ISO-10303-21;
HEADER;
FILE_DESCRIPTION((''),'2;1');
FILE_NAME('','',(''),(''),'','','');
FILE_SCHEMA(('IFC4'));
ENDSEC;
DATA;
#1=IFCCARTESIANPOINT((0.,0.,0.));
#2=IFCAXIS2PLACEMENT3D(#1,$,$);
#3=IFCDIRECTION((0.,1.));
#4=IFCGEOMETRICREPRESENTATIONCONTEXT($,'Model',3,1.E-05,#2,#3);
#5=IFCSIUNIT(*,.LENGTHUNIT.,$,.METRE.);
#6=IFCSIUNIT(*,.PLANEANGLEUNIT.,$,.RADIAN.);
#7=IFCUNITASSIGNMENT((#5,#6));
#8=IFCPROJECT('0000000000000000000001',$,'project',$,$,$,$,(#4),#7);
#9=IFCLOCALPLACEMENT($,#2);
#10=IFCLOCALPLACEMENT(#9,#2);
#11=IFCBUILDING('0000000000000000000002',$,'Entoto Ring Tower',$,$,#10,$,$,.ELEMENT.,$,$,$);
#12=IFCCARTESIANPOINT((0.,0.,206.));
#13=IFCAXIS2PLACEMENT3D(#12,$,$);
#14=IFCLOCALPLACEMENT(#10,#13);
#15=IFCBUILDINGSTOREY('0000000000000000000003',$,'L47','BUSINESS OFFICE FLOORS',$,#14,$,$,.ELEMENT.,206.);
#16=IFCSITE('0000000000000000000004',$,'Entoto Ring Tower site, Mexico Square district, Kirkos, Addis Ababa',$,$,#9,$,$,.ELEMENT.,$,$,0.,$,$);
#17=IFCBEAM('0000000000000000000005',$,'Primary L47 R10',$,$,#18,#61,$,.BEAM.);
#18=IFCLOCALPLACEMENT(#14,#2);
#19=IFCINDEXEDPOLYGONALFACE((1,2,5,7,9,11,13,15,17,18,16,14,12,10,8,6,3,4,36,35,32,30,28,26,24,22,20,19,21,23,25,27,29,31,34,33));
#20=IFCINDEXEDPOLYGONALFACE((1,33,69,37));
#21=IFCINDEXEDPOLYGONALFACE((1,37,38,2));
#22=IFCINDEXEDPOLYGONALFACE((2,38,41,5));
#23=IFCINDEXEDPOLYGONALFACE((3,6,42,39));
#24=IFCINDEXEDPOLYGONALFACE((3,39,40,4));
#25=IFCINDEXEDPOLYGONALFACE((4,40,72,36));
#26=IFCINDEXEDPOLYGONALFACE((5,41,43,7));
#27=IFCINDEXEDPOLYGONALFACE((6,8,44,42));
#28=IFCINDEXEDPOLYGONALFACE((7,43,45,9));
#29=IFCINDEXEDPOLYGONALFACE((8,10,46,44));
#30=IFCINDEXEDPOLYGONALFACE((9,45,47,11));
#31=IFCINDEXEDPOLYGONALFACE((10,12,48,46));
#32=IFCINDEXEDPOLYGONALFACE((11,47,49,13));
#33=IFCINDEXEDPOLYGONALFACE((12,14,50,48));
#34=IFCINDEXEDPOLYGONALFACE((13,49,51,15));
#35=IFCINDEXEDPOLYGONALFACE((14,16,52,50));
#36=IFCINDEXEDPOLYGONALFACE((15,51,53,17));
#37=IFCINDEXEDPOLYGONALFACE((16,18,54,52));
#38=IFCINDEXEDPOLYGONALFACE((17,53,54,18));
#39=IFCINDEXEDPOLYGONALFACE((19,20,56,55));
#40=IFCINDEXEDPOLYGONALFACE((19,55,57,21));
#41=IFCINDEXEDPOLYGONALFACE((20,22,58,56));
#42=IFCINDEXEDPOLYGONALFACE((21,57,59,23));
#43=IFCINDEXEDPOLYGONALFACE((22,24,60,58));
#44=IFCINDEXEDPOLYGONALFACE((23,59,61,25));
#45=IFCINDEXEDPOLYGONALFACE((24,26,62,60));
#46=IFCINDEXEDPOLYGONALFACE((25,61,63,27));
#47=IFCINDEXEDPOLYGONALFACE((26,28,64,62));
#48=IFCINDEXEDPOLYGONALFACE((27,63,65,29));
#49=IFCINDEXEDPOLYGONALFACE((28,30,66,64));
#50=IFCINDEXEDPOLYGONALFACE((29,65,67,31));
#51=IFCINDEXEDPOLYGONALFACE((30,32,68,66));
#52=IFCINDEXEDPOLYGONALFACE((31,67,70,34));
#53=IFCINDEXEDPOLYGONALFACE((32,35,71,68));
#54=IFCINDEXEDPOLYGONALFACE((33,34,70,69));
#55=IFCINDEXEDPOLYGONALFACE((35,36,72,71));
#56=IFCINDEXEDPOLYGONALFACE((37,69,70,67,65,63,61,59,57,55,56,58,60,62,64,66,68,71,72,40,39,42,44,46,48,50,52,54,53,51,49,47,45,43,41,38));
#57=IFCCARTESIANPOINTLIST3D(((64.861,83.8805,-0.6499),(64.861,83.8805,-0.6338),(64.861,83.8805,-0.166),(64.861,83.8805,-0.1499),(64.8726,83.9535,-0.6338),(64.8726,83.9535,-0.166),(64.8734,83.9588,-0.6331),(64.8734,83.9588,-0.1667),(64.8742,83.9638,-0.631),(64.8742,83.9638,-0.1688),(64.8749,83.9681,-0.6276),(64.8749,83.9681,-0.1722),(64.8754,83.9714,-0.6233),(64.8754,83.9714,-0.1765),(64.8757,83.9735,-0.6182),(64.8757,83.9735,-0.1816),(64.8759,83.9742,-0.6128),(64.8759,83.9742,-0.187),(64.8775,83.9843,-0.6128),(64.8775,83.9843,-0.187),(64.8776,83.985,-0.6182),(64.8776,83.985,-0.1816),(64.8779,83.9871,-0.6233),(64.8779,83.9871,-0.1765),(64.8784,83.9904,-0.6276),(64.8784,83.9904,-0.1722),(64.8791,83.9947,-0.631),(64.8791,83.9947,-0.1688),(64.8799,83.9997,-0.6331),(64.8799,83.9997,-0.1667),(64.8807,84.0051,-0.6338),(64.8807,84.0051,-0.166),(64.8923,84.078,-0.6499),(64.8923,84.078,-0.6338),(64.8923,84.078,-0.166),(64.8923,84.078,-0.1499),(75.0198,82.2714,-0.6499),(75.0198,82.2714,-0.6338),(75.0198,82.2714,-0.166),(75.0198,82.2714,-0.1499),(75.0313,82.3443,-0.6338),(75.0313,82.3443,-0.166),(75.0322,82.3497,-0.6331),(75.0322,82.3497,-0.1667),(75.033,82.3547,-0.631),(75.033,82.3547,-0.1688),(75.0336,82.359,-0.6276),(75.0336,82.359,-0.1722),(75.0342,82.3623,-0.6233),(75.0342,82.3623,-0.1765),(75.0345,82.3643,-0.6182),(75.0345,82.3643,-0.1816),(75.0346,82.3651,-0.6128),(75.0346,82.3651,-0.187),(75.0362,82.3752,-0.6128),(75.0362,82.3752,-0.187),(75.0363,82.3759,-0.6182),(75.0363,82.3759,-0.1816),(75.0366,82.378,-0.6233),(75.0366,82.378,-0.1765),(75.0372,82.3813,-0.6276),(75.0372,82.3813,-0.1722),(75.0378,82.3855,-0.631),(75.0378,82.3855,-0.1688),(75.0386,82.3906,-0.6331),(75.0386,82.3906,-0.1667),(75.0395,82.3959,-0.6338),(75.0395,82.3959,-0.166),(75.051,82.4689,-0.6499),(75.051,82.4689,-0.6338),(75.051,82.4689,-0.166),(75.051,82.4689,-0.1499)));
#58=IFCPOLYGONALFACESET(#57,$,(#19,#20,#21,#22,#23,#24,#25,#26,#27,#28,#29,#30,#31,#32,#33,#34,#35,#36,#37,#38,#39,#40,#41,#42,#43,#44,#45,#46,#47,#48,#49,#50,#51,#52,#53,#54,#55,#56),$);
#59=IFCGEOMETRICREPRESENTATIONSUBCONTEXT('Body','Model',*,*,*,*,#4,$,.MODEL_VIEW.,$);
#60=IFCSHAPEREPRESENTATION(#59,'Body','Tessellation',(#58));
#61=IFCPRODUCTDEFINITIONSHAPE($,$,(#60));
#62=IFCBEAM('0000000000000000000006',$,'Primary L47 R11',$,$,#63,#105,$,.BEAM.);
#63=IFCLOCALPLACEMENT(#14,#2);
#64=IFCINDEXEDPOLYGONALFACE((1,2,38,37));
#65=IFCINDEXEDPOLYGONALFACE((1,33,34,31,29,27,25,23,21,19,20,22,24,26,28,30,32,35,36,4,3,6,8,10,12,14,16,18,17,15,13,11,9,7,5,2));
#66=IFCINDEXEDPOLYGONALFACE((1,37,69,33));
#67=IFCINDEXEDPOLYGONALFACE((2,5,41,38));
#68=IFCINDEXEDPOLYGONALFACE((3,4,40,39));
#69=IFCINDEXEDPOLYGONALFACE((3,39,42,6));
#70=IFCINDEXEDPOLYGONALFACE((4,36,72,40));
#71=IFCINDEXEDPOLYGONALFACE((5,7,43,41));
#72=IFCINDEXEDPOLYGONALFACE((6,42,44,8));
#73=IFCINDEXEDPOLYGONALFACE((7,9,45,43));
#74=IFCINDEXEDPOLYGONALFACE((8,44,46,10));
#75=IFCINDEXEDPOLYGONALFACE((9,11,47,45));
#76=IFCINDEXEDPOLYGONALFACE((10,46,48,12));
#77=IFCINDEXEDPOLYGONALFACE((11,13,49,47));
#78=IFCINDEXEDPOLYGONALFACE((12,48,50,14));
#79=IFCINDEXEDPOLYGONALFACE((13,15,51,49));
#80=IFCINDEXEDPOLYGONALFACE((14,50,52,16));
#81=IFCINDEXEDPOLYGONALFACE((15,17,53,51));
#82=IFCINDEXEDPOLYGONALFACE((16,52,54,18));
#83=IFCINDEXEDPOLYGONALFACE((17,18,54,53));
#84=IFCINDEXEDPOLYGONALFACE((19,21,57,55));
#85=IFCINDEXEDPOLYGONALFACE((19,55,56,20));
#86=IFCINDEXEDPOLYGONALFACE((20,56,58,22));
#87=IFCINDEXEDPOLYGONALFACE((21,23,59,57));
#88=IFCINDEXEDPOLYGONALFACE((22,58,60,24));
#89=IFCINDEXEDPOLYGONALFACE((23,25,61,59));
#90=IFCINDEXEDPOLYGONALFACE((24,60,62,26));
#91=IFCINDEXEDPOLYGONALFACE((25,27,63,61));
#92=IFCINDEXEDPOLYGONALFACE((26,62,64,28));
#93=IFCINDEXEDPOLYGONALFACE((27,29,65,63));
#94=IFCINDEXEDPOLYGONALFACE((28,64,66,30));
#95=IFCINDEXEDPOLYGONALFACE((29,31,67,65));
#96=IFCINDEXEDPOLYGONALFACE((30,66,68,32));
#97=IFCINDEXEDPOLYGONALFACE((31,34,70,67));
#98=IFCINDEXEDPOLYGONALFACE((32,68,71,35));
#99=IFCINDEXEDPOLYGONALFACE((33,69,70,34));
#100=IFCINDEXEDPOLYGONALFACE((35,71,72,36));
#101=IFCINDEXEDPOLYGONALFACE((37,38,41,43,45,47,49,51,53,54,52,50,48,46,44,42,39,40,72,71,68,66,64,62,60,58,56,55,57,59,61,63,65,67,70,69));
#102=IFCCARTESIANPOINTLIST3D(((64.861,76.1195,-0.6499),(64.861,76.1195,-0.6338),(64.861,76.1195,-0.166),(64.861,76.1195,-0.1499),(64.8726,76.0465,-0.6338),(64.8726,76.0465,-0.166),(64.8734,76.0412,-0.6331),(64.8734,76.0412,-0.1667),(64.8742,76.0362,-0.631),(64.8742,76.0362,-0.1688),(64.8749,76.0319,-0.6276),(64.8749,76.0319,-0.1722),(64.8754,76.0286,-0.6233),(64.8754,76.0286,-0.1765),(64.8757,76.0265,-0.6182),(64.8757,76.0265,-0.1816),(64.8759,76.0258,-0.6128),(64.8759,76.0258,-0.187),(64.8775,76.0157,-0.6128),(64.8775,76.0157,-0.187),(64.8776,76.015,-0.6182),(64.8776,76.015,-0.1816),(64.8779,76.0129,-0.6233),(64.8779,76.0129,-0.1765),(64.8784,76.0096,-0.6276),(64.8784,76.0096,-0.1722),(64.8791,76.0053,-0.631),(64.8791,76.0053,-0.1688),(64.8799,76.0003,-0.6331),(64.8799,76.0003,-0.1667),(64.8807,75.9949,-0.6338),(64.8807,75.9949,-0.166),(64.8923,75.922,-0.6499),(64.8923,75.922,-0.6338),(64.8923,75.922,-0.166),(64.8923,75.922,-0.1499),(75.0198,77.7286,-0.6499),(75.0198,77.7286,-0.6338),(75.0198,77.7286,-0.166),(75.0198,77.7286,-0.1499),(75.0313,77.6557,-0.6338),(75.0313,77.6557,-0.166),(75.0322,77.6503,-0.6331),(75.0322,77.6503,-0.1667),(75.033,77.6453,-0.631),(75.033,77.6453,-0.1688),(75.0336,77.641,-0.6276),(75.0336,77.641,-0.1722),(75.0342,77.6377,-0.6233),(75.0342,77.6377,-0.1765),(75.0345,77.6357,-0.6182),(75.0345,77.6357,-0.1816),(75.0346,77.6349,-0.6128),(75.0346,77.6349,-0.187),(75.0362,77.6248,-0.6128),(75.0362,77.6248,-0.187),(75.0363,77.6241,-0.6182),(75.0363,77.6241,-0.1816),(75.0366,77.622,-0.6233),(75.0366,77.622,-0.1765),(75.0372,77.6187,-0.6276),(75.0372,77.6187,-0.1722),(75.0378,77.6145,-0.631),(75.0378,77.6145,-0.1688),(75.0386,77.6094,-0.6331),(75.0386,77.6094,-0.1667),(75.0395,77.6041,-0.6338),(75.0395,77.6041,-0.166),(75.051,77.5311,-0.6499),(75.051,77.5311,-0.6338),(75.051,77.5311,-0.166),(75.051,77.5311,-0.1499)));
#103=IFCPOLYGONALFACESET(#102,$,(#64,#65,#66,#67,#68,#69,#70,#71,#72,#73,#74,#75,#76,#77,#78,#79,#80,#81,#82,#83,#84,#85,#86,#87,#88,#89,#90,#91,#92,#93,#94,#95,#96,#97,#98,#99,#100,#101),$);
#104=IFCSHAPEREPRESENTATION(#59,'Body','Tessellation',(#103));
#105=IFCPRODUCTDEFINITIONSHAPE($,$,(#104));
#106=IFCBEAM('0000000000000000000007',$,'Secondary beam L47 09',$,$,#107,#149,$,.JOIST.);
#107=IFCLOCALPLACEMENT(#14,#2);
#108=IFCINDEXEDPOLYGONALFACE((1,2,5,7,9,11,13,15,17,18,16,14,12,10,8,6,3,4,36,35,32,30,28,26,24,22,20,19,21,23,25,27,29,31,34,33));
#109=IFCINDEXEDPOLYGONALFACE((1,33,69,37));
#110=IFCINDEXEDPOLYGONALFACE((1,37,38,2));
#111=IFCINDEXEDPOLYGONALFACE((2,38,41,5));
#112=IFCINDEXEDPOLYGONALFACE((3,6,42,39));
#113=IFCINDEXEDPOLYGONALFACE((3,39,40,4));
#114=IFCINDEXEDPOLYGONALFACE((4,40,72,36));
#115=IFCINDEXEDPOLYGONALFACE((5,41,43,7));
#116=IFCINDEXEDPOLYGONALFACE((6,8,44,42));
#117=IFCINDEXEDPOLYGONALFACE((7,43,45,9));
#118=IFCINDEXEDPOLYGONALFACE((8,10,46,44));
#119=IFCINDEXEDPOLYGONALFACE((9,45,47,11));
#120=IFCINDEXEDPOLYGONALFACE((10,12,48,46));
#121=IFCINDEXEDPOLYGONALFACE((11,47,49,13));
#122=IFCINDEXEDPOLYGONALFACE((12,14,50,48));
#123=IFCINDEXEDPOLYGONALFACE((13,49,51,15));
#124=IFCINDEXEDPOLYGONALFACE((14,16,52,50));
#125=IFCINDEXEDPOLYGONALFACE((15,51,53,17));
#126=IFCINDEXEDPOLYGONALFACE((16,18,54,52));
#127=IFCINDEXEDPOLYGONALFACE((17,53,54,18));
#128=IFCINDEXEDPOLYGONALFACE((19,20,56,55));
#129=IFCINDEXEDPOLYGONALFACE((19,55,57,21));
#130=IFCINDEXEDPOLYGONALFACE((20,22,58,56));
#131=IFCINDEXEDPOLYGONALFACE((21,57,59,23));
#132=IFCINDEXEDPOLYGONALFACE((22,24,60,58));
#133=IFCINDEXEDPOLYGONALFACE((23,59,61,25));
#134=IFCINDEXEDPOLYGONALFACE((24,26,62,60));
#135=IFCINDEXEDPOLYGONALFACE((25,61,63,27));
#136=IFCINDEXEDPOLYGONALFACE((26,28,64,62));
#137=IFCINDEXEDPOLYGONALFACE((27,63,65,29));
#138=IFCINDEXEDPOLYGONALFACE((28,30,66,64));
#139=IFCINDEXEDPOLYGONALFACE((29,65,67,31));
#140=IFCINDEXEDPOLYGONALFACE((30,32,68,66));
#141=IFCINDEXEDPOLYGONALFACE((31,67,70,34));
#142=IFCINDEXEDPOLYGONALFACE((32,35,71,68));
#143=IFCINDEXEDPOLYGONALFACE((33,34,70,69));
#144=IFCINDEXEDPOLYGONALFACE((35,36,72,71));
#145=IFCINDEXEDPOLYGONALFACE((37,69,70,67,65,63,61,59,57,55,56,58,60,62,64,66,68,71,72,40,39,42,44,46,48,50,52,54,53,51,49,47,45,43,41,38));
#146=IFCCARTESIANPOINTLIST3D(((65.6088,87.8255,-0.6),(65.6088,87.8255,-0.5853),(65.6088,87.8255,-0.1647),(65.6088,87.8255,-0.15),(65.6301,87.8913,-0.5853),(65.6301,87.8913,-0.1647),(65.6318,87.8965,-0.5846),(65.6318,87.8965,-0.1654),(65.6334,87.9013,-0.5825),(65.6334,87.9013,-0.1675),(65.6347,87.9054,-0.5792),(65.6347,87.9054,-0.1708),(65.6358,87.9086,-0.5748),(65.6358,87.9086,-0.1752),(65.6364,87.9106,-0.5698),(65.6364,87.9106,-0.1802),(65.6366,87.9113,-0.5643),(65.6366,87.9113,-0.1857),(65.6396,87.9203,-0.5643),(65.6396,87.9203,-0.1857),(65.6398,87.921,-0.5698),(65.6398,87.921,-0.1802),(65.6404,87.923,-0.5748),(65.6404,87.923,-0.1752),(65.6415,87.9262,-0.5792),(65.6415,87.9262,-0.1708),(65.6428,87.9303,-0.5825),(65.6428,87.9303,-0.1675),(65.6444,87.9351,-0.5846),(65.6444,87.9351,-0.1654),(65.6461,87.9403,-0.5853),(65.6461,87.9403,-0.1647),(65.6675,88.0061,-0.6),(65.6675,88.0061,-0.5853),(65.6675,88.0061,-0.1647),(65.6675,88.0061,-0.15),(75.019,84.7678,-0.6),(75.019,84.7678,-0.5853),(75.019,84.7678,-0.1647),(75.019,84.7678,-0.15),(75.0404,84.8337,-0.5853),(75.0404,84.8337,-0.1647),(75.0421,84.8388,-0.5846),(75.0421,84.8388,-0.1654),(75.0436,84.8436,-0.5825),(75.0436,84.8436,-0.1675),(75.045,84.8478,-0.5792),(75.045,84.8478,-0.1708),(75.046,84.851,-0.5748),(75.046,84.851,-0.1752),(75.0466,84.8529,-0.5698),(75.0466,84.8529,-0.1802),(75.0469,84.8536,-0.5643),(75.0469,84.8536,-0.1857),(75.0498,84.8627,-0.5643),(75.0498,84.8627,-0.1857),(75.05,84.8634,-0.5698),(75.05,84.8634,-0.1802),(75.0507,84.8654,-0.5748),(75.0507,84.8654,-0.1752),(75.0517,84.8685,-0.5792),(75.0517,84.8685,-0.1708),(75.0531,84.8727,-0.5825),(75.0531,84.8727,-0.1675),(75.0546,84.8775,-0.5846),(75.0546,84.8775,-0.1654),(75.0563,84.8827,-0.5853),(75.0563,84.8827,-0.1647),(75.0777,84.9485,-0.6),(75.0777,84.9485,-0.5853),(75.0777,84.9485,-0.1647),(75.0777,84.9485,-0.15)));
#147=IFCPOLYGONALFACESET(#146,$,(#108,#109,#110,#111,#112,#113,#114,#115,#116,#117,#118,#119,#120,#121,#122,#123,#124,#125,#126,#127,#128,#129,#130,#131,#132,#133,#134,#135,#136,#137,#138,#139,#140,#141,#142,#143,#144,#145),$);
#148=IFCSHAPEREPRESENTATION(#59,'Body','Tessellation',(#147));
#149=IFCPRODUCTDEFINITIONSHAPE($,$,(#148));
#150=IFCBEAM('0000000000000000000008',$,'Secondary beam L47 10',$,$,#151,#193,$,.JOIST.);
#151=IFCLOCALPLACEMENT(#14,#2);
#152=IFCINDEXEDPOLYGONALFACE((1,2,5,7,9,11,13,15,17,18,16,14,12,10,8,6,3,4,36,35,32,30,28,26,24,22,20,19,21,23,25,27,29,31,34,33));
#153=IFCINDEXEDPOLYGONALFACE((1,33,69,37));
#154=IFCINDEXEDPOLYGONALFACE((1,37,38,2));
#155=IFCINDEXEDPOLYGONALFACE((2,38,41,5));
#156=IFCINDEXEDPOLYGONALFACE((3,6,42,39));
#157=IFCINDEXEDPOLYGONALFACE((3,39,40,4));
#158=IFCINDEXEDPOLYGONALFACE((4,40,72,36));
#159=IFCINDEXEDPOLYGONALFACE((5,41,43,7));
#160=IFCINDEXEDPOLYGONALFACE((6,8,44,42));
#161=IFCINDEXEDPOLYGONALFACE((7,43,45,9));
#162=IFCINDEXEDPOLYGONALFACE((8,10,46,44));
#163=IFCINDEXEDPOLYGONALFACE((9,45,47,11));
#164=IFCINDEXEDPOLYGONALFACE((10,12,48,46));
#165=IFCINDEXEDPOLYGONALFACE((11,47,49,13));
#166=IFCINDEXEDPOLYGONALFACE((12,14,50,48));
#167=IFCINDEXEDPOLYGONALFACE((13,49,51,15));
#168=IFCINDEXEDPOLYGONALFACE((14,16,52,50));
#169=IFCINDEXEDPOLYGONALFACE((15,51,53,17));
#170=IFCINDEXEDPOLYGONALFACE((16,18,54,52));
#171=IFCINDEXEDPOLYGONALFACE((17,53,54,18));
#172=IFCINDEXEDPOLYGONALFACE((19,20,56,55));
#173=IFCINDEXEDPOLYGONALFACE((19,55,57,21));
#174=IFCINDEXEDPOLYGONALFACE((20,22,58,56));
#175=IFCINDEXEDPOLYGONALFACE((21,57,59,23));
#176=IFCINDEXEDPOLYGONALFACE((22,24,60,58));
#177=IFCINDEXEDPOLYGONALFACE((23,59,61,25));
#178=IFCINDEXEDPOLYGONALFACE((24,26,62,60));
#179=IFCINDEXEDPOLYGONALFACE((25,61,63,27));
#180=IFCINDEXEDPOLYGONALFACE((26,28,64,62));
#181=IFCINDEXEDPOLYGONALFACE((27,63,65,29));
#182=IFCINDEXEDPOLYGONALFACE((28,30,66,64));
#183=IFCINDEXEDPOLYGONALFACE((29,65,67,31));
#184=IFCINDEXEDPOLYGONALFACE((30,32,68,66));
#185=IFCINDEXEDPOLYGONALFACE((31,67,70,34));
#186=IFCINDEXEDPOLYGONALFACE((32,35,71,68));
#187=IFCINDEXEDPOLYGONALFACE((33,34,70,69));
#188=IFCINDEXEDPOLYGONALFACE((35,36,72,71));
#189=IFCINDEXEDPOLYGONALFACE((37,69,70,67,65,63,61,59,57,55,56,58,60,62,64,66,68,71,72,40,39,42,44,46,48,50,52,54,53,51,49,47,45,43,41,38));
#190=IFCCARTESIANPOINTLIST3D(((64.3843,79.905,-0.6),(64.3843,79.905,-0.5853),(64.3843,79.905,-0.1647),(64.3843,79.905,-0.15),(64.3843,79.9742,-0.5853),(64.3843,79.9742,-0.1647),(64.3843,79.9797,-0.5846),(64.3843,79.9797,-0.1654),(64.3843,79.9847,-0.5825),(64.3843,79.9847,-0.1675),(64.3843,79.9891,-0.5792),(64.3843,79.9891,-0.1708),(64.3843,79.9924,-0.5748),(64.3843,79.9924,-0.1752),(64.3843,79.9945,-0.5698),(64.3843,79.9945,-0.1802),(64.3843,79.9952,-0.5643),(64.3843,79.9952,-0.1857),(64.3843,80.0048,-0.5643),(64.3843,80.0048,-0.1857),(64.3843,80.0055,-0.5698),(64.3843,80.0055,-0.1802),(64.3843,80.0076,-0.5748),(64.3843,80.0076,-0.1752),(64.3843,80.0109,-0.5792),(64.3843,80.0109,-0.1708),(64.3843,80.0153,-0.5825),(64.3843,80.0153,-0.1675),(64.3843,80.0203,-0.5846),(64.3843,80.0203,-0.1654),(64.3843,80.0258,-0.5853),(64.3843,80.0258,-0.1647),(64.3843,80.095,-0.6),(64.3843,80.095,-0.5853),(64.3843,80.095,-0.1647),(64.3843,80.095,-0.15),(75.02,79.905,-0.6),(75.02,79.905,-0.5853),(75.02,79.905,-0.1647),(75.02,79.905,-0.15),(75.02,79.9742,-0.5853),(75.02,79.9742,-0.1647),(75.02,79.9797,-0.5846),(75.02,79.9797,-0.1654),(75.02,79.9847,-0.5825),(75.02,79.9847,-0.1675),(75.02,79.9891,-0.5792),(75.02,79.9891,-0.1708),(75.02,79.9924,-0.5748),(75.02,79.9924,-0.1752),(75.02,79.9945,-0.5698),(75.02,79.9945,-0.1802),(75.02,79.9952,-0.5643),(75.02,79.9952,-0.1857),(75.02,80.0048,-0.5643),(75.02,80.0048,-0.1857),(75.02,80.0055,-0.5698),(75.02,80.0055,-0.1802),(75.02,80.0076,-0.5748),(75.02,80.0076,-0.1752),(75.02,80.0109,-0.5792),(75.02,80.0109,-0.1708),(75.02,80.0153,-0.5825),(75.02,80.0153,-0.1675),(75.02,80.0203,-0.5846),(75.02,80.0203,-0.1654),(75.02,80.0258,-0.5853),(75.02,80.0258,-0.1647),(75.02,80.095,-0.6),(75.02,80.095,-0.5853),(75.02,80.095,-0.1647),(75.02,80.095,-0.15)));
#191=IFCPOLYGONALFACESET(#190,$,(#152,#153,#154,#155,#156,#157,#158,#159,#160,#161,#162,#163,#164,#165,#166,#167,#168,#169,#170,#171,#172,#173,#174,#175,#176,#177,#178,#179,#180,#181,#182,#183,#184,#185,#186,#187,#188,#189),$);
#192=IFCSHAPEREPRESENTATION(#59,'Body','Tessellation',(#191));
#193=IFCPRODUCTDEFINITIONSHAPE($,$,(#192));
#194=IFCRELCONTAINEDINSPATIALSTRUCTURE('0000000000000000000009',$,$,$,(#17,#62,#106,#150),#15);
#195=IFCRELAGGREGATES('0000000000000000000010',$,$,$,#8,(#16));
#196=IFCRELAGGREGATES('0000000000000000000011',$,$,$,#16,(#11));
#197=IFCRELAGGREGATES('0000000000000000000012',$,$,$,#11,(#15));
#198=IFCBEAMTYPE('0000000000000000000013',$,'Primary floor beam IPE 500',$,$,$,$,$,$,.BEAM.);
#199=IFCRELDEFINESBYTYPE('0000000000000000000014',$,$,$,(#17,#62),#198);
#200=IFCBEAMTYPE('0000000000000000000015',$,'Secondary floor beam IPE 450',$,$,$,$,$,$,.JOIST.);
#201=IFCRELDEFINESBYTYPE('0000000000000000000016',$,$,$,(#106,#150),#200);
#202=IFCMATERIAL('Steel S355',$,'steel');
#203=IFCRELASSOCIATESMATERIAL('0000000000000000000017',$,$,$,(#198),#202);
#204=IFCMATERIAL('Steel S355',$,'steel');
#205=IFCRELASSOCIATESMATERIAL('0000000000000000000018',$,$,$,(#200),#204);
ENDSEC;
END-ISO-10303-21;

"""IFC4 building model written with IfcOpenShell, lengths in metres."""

from ifc_helpers import new_model, si_unit, direction, frame, origin, origin_2d, place, context, subcontext, project, spatial, i_section, extrude, material, material_profile, profile_set, type_object, element, save


model = new_model("IFC4")

# Units and contexts
model_context = context("Model", 3, precision=1e-05, world=origin(), true_north=direction((0.0, 1.0)))
body_context = subcontext(model_context, "Body", "Model", "MODEL_VIEW")
ifc_project = project(units=[si_unit("LENGTHUNIT", "METRE"), si_unit("PLANEANGLEUNIT", "RADIAN")], contexts=[model_context])

# Site, building, storey
site_placement = place(None, origin())
site = spatial("IfcSite", under=ifc_project, at=site_placement, Name="Entoto Ring Tower site, Mexico Square district, Kirkos, Addis Ababa", CompositionType="ELEMENT", RefElevation=0.0)
building_placement = place(site_placement, origin())
building = spatial("IfcBuilding", under=site, at=building_placement, Name="Entoto Ring Tower", CompositionType="ELEMENT")
storey_placement = place(building_placement, frame((0.0, 0.0, 206.0)))
storey = spatial("IfcBuildingStorey", under=building, at=storey_placement, Name="L47", Description="BUSINESS OFFICE FLOORS", CompositionType="ELEMENT", Elevation=206.0)

# Beams
ifc_material_1 = material(Name="Steel S355", Category="steel")
ifc_material_profile_1 = material_profile(ifc_material_1, i_section(OverallWidth=0.2, OverallDepth=0.5, WebThickness=0.0103, FlangeThickness=0.0161, FilletRadius=0.021, at=origin_2d()), Name="IPE 500")
ifc_profile_set_1 = profile_set([ifc_material_profile_1], Name="Steel S355")
beam_type_1 = type_object("IfcBeamType", Name="Primary floor beam IPE 500", PredefinedType="BEAM", material=ifc_profile_set_1)
for number, where, z_axis, x_axis, name in (
    (1, (75.0354, 82.3701, -0.3999), (-0.987686, 0.156449, 0.0), (-0.156449, -0.987686, 0.0), "Primary L47 R10"),
    (2, (75.0354, 77.6299, -0.3999), (-0.987686, -0.156449, 0.0), (0.156449, -0.987686, 0.0), "Primary L47 R11"),
):
    element("IfcBeam", number, at=place(storey_placement, frame(where, z_axis=z_axis, x_axis=x_axis)), inside=storey, type_object=beam_type_1, Name=name, PredefinedType="BEAM", context=body_context, shape_type="SweptSolid", body=[
        extrude(i_section(OverallWidth=0.2, OverallDepth=0.5, WebThickness=0.0103, FlangeThickness=0.0161, FilletRadius=0.021, at=origin_2d()), origin(), (0.0, 0.0, 1.0), 10.2854),
    ])
ifc_material_2 = material(Name="Steel S355", Category="steel")
ifc_material_profile_2 = material_profile(ifc_material_2, i_section(OverallWidth=0.1899, OverallDepth=0.45, WebThickness=0.0095, FlangeThickness=0.0146, FilletRadius=0.021, at=origin_2d()), Name="IPE 450")
ifc_profile_set_2 = profile_set([ifc_material_profile_2], Name="Steel S355")
beam_type_2 = type_object("IfcBeamType", Name="Secondary floor beam IPE 450", PredefinedType="JOIST", material=ifc_profile_set_2)
beam_1_placement = place(storey_placement, frame((75.0483, 84.8582, -0.375), z_axis=(-0.951054, 0.309024, 0.0), x_axis=(-0.309024, -0.951054, 0.0)))
element("IfcBeam", 3, at=beam_1_placement, inside=storey, type_object=beam_type_2, Name="Secondary beam L47 09", PredefinedType="JOIST", context=body_context, shape_type="SweptSolid", body=[
    extrude(i_section(OverallWidth=0.1899, OverallDepth=0.45, WebThickness=0.0095, FlangeThickness=0.0146, FilletRadius=0.021, at=origin_2d()), origin(), (0.0, 0.0, 1.0), 9.8945),
])
beam_2_placement = place(storey_placement, frame((75.02, 80.0, -0.375), z_axis=(-1.0, 0.0, 0.0), x_axis=(0.0, -1.0, 0.0)))
element("IfcBeam", 4, at=beam_2_placement, inside=storey, type_object=beam_type_2, Name="Secondary beam L47 10", PredefinedType="JOIST", context=body_context, shape_type="SweptSolid", body=[
    extrude(i_section(OverallWidth=0.1899, OverallDepth=0.45, WebThickness=0.0095, FlangeThickness=0.0146, FilletRadius=0.021, at=origin_2d()), origin(), (0.0, 0.0, 1.0), 10.6357),
])

save(model, "model.ifc")
